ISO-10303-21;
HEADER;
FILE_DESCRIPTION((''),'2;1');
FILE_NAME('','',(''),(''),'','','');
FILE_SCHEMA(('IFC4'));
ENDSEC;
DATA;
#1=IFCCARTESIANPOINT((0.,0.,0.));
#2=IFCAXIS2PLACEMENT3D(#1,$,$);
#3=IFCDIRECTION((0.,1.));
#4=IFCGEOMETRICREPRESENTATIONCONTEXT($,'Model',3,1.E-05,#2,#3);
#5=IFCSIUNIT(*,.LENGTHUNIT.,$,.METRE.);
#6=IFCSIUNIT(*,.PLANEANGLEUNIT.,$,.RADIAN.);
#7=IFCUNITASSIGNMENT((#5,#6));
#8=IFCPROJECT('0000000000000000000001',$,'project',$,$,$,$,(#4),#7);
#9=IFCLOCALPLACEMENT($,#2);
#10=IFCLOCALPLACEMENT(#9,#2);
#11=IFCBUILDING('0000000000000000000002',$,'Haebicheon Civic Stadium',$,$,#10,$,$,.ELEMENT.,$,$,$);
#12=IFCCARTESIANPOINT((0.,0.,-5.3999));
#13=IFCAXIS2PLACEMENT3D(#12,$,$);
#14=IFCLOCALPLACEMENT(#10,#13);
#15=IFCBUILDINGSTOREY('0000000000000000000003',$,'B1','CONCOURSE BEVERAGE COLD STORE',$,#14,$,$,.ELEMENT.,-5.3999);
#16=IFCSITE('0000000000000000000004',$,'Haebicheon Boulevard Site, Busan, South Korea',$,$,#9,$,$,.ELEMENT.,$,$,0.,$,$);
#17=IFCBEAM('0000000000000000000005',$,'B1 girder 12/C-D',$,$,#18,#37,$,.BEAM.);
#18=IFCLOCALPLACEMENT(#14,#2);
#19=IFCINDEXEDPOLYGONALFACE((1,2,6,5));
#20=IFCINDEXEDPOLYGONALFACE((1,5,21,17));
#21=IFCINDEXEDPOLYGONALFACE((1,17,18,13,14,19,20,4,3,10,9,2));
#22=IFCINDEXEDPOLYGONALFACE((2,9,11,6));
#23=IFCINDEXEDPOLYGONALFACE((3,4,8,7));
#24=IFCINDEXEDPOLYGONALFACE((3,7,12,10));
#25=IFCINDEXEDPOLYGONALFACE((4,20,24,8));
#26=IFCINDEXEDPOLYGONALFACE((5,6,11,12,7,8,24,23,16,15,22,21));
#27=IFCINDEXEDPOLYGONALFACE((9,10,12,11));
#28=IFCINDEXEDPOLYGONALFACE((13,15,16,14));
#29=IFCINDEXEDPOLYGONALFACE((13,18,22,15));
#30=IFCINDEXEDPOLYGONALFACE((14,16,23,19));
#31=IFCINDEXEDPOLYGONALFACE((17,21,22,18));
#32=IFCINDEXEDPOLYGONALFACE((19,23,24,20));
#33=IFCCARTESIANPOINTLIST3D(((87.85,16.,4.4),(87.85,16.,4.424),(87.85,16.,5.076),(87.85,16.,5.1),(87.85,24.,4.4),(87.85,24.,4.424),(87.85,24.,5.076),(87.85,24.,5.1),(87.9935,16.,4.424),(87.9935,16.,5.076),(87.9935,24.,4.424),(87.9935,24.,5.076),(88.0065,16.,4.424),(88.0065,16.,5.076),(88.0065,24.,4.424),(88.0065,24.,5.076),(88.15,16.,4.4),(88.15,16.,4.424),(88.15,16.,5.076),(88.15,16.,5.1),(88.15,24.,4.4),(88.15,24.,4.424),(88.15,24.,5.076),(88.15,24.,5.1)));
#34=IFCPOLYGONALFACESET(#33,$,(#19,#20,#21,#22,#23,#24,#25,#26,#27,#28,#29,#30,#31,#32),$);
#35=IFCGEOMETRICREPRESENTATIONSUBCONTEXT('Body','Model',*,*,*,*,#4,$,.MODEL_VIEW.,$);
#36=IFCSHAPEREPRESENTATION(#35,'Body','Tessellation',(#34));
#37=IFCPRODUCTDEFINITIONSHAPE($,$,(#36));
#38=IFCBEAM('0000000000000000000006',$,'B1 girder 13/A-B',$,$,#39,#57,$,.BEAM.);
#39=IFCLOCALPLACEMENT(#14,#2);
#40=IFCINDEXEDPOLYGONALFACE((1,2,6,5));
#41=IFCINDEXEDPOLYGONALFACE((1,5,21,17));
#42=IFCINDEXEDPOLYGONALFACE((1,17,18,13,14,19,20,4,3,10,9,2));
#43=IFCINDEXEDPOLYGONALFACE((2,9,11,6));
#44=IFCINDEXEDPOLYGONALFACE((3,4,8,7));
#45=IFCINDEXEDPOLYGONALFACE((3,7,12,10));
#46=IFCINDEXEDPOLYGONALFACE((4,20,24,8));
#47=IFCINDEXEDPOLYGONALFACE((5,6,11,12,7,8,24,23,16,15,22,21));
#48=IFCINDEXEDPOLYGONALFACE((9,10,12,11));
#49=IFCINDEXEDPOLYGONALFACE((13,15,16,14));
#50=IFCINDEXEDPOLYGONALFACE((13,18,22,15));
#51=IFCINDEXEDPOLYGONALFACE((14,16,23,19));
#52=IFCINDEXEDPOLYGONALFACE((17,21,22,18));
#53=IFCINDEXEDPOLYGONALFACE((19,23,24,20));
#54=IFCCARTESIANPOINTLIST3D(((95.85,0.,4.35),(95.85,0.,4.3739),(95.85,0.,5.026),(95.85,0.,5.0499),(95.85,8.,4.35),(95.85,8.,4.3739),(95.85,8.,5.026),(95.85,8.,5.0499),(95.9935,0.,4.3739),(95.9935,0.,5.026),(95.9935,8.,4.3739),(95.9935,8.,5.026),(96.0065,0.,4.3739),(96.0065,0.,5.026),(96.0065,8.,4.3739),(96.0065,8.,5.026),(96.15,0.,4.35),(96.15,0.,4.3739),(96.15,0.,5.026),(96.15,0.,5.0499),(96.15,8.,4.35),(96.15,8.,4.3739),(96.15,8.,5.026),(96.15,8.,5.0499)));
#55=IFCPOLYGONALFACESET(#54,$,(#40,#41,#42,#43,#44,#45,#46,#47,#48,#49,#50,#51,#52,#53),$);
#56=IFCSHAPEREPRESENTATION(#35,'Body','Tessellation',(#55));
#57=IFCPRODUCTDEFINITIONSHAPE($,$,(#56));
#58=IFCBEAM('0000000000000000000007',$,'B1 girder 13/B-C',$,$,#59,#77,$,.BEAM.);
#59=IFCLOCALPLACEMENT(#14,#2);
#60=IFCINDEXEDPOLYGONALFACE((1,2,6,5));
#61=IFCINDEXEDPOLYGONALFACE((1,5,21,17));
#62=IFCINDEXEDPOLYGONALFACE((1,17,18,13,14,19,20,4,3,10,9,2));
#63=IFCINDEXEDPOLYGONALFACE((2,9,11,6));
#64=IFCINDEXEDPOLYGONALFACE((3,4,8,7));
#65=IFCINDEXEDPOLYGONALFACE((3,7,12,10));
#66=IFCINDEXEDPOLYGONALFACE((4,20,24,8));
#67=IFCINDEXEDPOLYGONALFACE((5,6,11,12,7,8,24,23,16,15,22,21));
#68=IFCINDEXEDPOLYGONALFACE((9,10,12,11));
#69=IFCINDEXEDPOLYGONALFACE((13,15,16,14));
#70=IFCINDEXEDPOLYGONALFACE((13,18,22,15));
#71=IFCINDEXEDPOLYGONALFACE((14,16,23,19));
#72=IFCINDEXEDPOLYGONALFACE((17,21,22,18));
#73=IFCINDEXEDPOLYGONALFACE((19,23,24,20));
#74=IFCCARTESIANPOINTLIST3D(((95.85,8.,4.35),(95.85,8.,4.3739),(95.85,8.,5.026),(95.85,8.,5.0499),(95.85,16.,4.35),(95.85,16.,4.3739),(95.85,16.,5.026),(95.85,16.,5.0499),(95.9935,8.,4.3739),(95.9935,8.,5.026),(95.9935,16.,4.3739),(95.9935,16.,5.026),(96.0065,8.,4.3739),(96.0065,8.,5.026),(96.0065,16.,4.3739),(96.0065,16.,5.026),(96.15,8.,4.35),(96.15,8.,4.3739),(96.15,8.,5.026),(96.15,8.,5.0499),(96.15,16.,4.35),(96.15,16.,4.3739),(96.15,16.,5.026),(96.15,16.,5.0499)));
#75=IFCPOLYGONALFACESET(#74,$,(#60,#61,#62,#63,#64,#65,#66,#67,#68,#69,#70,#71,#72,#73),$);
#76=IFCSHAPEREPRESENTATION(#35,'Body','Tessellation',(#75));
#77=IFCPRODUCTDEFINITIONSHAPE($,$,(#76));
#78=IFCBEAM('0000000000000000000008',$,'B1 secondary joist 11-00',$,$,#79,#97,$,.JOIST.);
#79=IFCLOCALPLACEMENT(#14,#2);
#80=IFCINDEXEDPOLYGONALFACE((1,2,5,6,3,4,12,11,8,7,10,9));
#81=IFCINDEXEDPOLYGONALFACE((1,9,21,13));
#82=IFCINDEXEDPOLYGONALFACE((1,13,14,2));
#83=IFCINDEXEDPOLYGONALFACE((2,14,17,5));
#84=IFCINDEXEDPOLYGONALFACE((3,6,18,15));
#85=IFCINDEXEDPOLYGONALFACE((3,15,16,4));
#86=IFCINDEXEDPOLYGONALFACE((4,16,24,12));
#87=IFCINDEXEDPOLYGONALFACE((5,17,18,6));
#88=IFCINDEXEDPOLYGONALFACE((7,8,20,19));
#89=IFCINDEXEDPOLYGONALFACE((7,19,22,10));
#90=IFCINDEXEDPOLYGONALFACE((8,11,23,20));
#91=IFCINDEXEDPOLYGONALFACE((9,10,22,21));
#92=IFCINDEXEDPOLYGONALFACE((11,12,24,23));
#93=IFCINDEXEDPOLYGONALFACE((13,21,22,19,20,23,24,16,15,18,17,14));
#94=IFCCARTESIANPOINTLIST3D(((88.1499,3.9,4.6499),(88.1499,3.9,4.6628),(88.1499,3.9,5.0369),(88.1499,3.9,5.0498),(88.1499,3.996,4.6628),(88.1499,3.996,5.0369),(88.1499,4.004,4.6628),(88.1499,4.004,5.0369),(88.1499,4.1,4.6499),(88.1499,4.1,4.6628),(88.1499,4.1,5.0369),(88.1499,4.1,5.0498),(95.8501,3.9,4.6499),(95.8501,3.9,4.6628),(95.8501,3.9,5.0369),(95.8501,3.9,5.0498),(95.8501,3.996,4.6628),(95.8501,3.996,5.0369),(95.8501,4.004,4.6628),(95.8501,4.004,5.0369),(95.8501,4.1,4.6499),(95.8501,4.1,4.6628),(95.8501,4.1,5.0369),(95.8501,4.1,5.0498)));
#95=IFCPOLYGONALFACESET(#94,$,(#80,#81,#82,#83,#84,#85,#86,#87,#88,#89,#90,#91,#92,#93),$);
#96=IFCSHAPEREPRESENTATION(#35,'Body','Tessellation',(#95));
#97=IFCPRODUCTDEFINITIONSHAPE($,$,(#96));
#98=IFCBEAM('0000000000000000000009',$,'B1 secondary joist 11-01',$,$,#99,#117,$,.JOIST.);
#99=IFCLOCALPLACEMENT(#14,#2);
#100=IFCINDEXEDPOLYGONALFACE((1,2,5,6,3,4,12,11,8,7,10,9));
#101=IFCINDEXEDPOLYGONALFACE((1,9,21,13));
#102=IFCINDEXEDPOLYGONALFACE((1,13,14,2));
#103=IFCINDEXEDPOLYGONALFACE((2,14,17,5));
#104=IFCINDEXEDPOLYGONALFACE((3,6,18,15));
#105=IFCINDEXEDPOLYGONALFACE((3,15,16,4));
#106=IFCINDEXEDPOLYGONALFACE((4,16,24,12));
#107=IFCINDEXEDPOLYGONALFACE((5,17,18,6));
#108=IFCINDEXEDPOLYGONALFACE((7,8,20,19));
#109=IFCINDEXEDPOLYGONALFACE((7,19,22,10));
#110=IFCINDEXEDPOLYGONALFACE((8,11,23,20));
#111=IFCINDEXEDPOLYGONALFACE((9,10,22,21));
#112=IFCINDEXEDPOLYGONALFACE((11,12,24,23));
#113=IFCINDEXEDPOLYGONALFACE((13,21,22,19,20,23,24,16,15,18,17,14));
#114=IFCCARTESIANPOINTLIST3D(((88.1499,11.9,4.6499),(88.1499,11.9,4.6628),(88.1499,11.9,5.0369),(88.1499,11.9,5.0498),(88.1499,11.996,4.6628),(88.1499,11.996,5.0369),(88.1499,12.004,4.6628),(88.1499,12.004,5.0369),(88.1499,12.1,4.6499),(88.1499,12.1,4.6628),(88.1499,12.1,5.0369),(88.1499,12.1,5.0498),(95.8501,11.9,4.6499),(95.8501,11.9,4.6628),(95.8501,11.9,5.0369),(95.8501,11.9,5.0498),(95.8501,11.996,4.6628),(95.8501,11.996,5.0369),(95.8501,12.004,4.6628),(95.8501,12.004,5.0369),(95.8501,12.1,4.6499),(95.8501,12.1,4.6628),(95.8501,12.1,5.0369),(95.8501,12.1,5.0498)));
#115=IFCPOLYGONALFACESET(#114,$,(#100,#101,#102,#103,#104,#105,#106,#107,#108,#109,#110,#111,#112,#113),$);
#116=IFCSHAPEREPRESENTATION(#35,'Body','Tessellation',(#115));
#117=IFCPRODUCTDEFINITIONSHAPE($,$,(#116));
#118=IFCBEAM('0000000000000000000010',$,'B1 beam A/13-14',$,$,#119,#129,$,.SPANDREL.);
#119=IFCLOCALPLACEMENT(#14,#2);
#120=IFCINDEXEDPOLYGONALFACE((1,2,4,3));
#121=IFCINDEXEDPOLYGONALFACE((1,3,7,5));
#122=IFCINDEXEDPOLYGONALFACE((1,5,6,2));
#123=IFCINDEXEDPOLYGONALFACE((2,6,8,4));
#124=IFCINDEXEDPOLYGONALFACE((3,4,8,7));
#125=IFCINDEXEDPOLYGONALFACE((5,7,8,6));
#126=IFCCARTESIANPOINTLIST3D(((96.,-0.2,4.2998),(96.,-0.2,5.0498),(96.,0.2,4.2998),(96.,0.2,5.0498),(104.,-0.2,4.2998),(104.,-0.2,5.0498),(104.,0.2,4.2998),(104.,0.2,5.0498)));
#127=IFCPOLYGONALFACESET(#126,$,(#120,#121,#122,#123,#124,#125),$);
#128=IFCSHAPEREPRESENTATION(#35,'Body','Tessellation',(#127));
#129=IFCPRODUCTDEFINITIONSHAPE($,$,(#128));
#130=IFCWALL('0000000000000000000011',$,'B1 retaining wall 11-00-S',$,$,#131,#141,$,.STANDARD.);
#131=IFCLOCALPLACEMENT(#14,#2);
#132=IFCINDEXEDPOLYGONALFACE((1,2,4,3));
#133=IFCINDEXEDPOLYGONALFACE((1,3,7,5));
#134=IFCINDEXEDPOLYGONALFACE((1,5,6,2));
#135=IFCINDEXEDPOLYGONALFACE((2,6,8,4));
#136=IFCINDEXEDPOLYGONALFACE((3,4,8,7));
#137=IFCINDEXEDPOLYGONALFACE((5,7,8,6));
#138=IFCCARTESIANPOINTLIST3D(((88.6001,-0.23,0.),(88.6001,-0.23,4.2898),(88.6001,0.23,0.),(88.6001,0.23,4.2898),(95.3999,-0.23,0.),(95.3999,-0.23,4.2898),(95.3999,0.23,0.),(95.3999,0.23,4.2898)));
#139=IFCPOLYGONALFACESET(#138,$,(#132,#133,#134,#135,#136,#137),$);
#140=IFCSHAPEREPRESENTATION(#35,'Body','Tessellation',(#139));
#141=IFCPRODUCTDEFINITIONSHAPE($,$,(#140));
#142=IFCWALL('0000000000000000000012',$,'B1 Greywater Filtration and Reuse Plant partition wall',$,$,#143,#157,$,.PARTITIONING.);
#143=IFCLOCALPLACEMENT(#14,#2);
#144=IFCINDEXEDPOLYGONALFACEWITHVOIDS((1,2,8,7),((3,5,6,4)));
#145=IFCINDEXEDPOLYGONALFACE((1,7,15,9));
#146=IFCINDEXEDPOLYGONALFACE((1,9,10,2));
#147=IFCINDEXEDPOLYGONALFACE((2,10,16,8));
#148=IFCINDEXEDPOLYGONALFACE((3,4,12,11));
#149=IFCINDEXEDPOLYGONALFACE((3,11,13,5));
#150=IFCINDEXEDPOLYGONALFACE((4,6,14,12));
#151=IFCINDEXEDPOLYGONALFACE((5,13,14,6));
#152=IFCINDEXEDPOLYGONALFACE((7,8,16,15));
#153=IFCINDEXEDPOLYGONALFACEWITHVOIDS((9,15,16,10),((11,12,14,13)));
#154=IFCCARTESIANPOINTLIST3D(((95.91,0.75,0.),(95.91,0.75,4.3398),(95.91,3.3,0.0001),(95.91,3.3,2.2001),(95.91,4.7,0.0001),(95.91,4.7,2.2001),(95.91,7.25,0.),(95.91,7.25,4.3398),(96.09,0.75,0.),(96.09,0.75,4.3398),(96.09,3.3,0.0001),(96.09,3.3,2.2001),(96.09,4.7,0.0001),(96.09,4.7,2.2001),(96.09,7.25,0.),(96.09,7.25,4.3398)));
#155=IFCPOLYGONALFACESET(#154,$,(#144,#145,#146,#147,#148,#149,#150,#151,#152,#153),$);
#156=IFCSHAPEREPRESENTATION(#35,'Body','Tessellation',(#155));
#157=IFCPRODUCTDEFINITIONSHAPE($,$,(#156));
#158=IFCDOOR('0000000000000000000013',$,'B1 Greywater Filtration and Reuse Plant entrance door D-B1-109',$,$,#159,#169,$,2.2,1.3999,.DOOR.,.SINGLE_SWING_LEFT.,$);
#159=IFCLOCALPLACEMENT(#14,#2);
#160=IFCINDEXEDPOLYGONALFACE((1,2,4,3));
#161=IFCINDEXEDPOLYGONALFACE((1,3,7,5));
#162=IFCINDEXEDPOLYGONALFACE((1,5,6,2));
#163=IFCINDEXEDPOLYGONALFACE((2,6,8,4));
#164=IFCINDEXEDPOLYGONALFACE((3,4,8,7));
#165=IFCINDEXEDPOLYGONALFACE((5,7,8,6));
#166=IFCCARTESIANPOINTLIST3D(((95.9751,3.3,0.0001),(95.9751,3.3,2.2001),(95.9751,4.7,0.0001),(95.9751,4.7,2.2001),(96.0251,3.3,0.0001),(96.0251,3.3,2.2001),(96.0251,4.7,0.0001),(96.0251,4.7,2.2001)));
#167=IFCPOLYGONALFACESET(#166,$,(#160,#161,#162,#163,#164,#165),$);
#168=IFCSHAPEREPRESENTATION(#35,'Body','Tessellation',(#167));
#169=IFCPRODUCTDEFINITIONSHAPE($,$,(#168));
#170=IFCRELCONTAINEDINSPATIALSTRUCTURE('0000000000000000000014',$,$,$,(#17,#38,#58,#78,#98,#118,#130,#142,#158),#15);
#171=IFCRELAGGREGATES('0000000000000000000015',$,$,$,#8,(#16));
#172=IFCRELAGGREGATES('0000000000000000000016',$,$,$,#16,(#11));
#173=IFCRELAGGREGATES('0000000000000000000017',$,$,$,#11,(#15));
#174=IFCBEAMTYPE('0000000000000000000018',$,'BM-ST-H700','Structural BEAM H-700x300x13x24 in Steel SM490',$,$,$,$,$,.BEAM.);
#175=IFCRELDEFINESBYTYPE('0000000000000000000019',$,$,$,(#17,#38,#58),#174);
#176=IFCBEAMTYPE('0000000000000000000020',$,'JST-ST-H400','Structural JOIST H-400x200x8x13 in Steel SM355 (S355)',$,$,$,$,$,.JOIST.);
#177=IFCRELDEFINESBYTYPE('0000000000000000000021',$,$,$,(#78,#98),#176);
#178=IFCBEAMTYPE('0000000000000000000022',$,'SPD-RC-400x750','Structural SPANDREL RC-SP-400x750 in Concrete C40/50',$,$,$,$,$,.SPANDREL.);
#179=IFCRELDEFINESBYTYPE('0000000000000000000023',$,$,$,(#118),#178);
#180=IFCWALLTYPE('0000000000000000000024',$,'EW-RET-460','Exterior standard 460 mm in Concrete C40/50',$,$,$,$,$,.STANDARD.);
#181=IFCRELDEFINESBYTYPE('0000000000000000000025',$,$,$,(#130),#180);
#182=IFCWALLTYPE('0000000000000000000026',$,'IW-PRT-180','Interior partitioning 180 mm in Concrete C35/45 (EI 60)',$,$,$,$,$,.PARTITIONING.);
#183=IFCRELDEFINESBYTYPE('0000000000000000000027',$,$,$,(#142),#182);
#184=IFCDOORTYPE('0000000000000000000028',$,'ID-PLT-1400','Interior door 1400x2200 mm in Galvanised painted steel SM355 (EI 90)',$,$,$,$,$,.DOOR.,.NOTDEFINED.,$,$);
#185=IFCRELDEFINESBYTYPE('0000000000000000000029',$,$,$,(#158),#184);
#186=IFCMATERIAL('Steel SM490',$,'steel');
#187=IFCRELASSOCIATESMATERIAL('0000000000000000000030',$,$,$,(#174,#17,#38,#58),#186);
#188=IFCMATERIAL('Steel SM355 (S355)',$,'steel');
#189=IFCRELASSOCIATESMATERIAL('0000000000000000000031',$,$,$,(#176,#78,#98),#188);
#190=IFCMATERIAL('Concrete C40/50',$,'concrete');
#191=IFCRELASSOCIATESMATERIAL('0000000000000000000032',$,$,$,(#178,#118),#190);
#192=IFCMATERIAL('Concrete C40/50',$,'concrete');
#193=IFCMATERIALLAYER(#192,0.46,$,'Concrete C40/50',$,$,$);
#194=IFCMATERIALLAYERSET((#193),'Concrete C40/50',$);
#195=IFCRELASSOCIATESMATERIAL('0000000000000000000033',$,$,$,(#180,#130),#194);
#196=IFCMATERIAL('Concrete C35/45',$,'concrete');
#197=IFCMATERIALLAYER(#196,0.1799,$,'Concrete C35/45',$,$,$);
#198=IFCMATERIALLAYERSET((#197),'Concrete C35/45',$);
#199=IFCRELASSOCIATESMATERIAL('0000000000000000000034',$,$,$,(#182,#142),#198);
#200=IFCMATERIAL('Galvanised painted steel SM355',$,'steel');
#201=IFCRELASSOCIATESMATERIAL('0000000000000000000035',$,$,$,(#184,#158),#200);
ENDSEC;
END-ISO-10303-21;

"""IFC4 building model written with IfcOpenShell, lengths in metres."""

from ifc_helpers import new_model, si_unit, direction, frame, frame_2d, origin, origin_2d, place, context, subcontext, project, spatial, rectangle, i_section, extrude, material, layer, layer_set, material_profile, profile_set, type_object, element, fill, save


model = new_model("IFC4")

# Units and contexts
model_context = context("Model", 3, precision=1e-05, world=origin(), true_north=direction((0.0, 1.0)))
body_context = subcontext(model_context, "Body", "Model", "MODEL_VIEW")
ifc_project = project(units=[si_unit("LENGTHUNIT", "METRE"), si_unit("PLANEANGLEUNIT", "RADIAN")], contexts=[model_context])

# Site, building, storey
site_placement = place(None, origin())
site = spatial("IfcSite", under=ifc_project, at=site_placement, Name="Haebicheon Boulevard Site, Busan, South Korea", CompositionType="ELEMENT", RefElevation=0.0)
building_placement = place(site_placement, origin())
building = spatial("IfcBuilding", under=site, at=building_placement, Name="Haebicheon Civic Stadium", CompositionType="ELEMENT")
storey_placement = place(building_placement, frame((0.0, 0.0, -5.3999)))
storey = spatial("IfcBuildingStorey", under=building, at=storey_placement, Name="B1", Description="CONCOURSE BEVERAGE COLD STORE", CompositionType="ELEMENT", Elevation=-5.3999)

# Beams
ifc_material_1 = material(Name="Steel SM490", Category="steel")
ifc_material_profile_1 = material_profile(ifc_material_1, i_section(OverallWidth=0.3, OverallDepth=0.7, WebThickness=0.0129, FlangeThickness=0.0239, at=origin_2d()), Name="H-700x300x13x24")
ifc_profile_set_1 = profile_set([ifc_material_profile_1], Name="Steel SM490")
beam_type_1 = type_object("IfcBeamType", Name="BM-ST-H700", Description="Structural BEAM H-700x300x13x24 in Steel SM490", PredefinedType="BEAM", material=ifc_profile_set_1)
for number, where, z_axis, x_axis, name in (
    (1, (88.0, 16.0, 4.75), (0.0, 1.0, 0.0), (-1.0, 0.0, 0.0), "B1 girder 12/C-D"),
    (2, (96.0, 0.0, 4.7), (0.0, 1.0, 0.0), (-1.0, 0.0, 0.0), "B1 girder 13/A-B"),
    (3, (96.0, 8.0, 4.7), (0.0, 1.0, 0.0), (-1.0, 0.0, 0.0), "B1 girder 13/B-C"),
):
    element("IfcBeam", number, at=place(storey_placement, frame(where, z_axis=z_axis, x_axis=x_axis)), inside=storey, type_object=beam_type_1, material=ifc_profile_set_1, Name=name, PredefinedType="BEAM", context=body_context, shape_type="SweptSolid", body=[
        extrude(i_section(OverallWidth=0.3, OverallDepth=0.7, WebThickness=0.0129, FlangeThickness=0.0239, at=origin_2d()), origin(), (0.0, 0.0, 1.0), 8.0),
    ])
ifc_material_2 = material(Name="Steel SM355 (S355)", Category="steel")
ifc_material_profile_2 = material_profile(ifc_material_2, i_section(OverallWidth=0.2, OverallDepth=0.3999, WebThickness=0.0081, FlangeThickness=0.0129, at=origin_2d()), Name="H-400x200x8x13")
ifc_profile_set_2 = profile_set([ifc_material_profile_2], Name="Steel SM355 (S355)")
beam_type_2 = type_object("IfcBeamType", Name="JST-ST-H400", Description="Structural JOIST H-400x200x8x13 in Steel SM355 (S355)", PredefinedType="JOIST", material=ifc_profile_set_2)
for number, where, z_axis, x_axis, name in (
    (4, (88.1499, 4.0, 4.8499), (1.0, 0.0, 0.0), (0.0, 1.0, 0.0), "B1 secondary joist 11-00"),
    (5, (88.1499, 12.0, 4.8499), (1.0, 0.0, 0.0), (0.0, 1.0, 0.0), "B1 secondary joist 11-01"),
):
    element("IfcBeam", number, at=place(storey_placement, frame(where, z_axis=z_axis, x_axis=x_axis)), inside=storey, type_object=beam_type_2, material=ifc_profile_set_2, Name=name, PredefinedType="JOIST", context=body_context, shape_type="SweptSolid", body=[
        extrude(i_section(OverallWidth=0.2, OverallDepth=0.3999, WebThickness=0.0081, FlangeThickness=0.0129, at=origin_2d()), origin(), (0.0, 0.0, 1.0), 7.7002),
    ])
ifc_material_3 = material(Name="Concrete C40/50", Category="concrete")
ifc_material_profile_3 = material_profile(ifc_material_3, rectangle(XDim=0.3999, YDim=0.75, at=origin_2d()), Name="RC-SP-400x750")
ifc_profile_set_3 = profile_set([ifc_material_profile_3], Name="Concrete C40/50")
beam_type_3 = type_object("IfcBeamType", Name="SPD-RC-400x750", Description="Structural SPANDREL RC-SP-400x750 in Concrete C40/50", PredefinedType="SPANDREL", material=ifc_profile_set_3)
beam_1_placement = place(storey_placement, frame((96.0, 0.0, 4.6748), z_axis=(1.0, 0.0, 0.0), x_axis=(0.0, 1.0, 0.0)))
element("IfcBeam", 6, at=beam_1_placement, inside=storey, type_object=beam_type_3, material=ifc_profile_set_3, Name="B1 beam A/13-14", PredefinedType="SPANDREL", context=body_context, shape_type="SweptSolid", body=[
    extrude(rectangle(XDim=0.3999, YDim=0.75, at=origin_2d()), origin(), (0.0, 0.0, 1.0), 8.0),
])

# Wall
ifc_material_4 = material(Name="Concrete C40/50", Category="concrete")
ifc_layer_1 = layer(ifc_material_4, 0.46, Name="Concrete C40/50")
ifc_layer_set_1 = layer_set([ifc_layer_1], Name="Concrete C40/50")
wall_type_1 = type_object("IfcWallType", Name="EW-RET-460", Description="Exterior standard 460 mm in Concrete C40/50", PredefinedType="STANDARD", material=ifc_layer_set_1)
wall_1_placement = place(storey_placement, frame((88.6001, 0.0, 0.0), z_axis=(0.0, 0.0, 1.0), x_axis=(1.0, 0.0, 0.0)))
element("IfcWall", 7, at=wall_1_placement, inside=storey, type_object=wall_type_1, material=ifc_layer_set_1, Name="B1 retaining wall 11-00-S", PredefinedType="STANDARD", context=body_context, shape_type="SweptSolid", body=[
    extrude(rectangle(XDim=6.7998, YDim=0.46, at=frame_2d((3.3999, 0.0))), origin(), (0.0, 0.0, 1.0), 4.2898),
])

# Wall, opening, door
ifc_material_5 = material(Name="Concrete C35/45", Category="concrete")
ifc_layer_2 = layer(ifc_material_5, 0.1799, Name="Concrete C35/45")
ifc_layer_set_2 = layer_set([ifc_layer_2], Name="Concrete C35/45")
wall_type_2 = type_object("IfcWallType", Name="IW-PRT-180", Description="Interior partitioning 180 mm in Concrete C35/45 (EI 60)", PredefinedType="PARTITIONING", material=ifc_layer_set_2)
wall_2_placement = place(storey_placement, frame((96.0, 0.75, 0.0), z_axis=(0.0, 0.0, 1.0), x_axis=(0.0, 1.0, 0.0)))
wall_2 = element("IfcWall", 8, at=wall_2_placement, inside=storey, type_object=wall_type_2, material=ifc_layer_set_2, Name="B1 Greywater Filtration and Reuse Plant partition wall", PredefinedType="PARTITIONING", context=body_context, shape_type="SweptSolid", body=[
    extrude(rectangle(XDim=6.5, YDim=0.1799, at=frame_2d((3.25, 0.0))), origin(), (0.0, 0.0, 1.0), 4.3398),
])
opening_placement = place(wall_2_placement, frame((2.55, 0.0, 0.0)))
opening = element("IfcOpeningElement", 9, at=opening_placement, cuts=wall_2, PredefinedType="OPENING", context=body_context, shape_type="SweptSolid", body=[
    extrude(rectangle(XDim=1.3999, YDim=2.2, at=frame_2d((0.7, 1.1001))), frame((0.0, 0.0999, 0.0), z_axis=(0.0, -1.0, 0.0), x_axis=(1.0, 0.0, 0.0)), (0.0, 0.0, 1.0), 0.2),
])
ifc_material_6 = material(Name="Galvanised painted steel SM355", Category="steel")
door_type = type_object("IfcDoorType", Name="ID-PLT-1400", Description="Interior door 1400x2200 mm in Galvanised painted steel SM355 (EI 90)", OperationType="NOTDEFINED", PredefinedType="DOOR", material=ifc_material_6)
door_placement = place(opening_placement, origin())
door = element("IfcDoor", 10, at=door_placement, inside=storey, type_object=door_type, material=ifc_material_6, Name="B1 Greywater Filtration and Reuse Plant entrance door D-B1-109", OperationType="SINGLE_SWING_LEFT", OverallHeight=2.2, OverallWidth=1.3999, PredefinedType="DOOR", context=body_context, shape_type="SweptSolid", body=[
    extrude(rectangle(XDim=1.3999, YDim=2.2, at=frame_2d((0.7, 1.1001))), frame((0.0, 0.0249, 0.0), z_axis=(0.0, -1.0, 0.0), x_axis=(1.0, 0.0, 0.0)), (0.0, 0.0, 1.0), 0.05),
])
fill(opening, door)

save(model, "model.ifc")
